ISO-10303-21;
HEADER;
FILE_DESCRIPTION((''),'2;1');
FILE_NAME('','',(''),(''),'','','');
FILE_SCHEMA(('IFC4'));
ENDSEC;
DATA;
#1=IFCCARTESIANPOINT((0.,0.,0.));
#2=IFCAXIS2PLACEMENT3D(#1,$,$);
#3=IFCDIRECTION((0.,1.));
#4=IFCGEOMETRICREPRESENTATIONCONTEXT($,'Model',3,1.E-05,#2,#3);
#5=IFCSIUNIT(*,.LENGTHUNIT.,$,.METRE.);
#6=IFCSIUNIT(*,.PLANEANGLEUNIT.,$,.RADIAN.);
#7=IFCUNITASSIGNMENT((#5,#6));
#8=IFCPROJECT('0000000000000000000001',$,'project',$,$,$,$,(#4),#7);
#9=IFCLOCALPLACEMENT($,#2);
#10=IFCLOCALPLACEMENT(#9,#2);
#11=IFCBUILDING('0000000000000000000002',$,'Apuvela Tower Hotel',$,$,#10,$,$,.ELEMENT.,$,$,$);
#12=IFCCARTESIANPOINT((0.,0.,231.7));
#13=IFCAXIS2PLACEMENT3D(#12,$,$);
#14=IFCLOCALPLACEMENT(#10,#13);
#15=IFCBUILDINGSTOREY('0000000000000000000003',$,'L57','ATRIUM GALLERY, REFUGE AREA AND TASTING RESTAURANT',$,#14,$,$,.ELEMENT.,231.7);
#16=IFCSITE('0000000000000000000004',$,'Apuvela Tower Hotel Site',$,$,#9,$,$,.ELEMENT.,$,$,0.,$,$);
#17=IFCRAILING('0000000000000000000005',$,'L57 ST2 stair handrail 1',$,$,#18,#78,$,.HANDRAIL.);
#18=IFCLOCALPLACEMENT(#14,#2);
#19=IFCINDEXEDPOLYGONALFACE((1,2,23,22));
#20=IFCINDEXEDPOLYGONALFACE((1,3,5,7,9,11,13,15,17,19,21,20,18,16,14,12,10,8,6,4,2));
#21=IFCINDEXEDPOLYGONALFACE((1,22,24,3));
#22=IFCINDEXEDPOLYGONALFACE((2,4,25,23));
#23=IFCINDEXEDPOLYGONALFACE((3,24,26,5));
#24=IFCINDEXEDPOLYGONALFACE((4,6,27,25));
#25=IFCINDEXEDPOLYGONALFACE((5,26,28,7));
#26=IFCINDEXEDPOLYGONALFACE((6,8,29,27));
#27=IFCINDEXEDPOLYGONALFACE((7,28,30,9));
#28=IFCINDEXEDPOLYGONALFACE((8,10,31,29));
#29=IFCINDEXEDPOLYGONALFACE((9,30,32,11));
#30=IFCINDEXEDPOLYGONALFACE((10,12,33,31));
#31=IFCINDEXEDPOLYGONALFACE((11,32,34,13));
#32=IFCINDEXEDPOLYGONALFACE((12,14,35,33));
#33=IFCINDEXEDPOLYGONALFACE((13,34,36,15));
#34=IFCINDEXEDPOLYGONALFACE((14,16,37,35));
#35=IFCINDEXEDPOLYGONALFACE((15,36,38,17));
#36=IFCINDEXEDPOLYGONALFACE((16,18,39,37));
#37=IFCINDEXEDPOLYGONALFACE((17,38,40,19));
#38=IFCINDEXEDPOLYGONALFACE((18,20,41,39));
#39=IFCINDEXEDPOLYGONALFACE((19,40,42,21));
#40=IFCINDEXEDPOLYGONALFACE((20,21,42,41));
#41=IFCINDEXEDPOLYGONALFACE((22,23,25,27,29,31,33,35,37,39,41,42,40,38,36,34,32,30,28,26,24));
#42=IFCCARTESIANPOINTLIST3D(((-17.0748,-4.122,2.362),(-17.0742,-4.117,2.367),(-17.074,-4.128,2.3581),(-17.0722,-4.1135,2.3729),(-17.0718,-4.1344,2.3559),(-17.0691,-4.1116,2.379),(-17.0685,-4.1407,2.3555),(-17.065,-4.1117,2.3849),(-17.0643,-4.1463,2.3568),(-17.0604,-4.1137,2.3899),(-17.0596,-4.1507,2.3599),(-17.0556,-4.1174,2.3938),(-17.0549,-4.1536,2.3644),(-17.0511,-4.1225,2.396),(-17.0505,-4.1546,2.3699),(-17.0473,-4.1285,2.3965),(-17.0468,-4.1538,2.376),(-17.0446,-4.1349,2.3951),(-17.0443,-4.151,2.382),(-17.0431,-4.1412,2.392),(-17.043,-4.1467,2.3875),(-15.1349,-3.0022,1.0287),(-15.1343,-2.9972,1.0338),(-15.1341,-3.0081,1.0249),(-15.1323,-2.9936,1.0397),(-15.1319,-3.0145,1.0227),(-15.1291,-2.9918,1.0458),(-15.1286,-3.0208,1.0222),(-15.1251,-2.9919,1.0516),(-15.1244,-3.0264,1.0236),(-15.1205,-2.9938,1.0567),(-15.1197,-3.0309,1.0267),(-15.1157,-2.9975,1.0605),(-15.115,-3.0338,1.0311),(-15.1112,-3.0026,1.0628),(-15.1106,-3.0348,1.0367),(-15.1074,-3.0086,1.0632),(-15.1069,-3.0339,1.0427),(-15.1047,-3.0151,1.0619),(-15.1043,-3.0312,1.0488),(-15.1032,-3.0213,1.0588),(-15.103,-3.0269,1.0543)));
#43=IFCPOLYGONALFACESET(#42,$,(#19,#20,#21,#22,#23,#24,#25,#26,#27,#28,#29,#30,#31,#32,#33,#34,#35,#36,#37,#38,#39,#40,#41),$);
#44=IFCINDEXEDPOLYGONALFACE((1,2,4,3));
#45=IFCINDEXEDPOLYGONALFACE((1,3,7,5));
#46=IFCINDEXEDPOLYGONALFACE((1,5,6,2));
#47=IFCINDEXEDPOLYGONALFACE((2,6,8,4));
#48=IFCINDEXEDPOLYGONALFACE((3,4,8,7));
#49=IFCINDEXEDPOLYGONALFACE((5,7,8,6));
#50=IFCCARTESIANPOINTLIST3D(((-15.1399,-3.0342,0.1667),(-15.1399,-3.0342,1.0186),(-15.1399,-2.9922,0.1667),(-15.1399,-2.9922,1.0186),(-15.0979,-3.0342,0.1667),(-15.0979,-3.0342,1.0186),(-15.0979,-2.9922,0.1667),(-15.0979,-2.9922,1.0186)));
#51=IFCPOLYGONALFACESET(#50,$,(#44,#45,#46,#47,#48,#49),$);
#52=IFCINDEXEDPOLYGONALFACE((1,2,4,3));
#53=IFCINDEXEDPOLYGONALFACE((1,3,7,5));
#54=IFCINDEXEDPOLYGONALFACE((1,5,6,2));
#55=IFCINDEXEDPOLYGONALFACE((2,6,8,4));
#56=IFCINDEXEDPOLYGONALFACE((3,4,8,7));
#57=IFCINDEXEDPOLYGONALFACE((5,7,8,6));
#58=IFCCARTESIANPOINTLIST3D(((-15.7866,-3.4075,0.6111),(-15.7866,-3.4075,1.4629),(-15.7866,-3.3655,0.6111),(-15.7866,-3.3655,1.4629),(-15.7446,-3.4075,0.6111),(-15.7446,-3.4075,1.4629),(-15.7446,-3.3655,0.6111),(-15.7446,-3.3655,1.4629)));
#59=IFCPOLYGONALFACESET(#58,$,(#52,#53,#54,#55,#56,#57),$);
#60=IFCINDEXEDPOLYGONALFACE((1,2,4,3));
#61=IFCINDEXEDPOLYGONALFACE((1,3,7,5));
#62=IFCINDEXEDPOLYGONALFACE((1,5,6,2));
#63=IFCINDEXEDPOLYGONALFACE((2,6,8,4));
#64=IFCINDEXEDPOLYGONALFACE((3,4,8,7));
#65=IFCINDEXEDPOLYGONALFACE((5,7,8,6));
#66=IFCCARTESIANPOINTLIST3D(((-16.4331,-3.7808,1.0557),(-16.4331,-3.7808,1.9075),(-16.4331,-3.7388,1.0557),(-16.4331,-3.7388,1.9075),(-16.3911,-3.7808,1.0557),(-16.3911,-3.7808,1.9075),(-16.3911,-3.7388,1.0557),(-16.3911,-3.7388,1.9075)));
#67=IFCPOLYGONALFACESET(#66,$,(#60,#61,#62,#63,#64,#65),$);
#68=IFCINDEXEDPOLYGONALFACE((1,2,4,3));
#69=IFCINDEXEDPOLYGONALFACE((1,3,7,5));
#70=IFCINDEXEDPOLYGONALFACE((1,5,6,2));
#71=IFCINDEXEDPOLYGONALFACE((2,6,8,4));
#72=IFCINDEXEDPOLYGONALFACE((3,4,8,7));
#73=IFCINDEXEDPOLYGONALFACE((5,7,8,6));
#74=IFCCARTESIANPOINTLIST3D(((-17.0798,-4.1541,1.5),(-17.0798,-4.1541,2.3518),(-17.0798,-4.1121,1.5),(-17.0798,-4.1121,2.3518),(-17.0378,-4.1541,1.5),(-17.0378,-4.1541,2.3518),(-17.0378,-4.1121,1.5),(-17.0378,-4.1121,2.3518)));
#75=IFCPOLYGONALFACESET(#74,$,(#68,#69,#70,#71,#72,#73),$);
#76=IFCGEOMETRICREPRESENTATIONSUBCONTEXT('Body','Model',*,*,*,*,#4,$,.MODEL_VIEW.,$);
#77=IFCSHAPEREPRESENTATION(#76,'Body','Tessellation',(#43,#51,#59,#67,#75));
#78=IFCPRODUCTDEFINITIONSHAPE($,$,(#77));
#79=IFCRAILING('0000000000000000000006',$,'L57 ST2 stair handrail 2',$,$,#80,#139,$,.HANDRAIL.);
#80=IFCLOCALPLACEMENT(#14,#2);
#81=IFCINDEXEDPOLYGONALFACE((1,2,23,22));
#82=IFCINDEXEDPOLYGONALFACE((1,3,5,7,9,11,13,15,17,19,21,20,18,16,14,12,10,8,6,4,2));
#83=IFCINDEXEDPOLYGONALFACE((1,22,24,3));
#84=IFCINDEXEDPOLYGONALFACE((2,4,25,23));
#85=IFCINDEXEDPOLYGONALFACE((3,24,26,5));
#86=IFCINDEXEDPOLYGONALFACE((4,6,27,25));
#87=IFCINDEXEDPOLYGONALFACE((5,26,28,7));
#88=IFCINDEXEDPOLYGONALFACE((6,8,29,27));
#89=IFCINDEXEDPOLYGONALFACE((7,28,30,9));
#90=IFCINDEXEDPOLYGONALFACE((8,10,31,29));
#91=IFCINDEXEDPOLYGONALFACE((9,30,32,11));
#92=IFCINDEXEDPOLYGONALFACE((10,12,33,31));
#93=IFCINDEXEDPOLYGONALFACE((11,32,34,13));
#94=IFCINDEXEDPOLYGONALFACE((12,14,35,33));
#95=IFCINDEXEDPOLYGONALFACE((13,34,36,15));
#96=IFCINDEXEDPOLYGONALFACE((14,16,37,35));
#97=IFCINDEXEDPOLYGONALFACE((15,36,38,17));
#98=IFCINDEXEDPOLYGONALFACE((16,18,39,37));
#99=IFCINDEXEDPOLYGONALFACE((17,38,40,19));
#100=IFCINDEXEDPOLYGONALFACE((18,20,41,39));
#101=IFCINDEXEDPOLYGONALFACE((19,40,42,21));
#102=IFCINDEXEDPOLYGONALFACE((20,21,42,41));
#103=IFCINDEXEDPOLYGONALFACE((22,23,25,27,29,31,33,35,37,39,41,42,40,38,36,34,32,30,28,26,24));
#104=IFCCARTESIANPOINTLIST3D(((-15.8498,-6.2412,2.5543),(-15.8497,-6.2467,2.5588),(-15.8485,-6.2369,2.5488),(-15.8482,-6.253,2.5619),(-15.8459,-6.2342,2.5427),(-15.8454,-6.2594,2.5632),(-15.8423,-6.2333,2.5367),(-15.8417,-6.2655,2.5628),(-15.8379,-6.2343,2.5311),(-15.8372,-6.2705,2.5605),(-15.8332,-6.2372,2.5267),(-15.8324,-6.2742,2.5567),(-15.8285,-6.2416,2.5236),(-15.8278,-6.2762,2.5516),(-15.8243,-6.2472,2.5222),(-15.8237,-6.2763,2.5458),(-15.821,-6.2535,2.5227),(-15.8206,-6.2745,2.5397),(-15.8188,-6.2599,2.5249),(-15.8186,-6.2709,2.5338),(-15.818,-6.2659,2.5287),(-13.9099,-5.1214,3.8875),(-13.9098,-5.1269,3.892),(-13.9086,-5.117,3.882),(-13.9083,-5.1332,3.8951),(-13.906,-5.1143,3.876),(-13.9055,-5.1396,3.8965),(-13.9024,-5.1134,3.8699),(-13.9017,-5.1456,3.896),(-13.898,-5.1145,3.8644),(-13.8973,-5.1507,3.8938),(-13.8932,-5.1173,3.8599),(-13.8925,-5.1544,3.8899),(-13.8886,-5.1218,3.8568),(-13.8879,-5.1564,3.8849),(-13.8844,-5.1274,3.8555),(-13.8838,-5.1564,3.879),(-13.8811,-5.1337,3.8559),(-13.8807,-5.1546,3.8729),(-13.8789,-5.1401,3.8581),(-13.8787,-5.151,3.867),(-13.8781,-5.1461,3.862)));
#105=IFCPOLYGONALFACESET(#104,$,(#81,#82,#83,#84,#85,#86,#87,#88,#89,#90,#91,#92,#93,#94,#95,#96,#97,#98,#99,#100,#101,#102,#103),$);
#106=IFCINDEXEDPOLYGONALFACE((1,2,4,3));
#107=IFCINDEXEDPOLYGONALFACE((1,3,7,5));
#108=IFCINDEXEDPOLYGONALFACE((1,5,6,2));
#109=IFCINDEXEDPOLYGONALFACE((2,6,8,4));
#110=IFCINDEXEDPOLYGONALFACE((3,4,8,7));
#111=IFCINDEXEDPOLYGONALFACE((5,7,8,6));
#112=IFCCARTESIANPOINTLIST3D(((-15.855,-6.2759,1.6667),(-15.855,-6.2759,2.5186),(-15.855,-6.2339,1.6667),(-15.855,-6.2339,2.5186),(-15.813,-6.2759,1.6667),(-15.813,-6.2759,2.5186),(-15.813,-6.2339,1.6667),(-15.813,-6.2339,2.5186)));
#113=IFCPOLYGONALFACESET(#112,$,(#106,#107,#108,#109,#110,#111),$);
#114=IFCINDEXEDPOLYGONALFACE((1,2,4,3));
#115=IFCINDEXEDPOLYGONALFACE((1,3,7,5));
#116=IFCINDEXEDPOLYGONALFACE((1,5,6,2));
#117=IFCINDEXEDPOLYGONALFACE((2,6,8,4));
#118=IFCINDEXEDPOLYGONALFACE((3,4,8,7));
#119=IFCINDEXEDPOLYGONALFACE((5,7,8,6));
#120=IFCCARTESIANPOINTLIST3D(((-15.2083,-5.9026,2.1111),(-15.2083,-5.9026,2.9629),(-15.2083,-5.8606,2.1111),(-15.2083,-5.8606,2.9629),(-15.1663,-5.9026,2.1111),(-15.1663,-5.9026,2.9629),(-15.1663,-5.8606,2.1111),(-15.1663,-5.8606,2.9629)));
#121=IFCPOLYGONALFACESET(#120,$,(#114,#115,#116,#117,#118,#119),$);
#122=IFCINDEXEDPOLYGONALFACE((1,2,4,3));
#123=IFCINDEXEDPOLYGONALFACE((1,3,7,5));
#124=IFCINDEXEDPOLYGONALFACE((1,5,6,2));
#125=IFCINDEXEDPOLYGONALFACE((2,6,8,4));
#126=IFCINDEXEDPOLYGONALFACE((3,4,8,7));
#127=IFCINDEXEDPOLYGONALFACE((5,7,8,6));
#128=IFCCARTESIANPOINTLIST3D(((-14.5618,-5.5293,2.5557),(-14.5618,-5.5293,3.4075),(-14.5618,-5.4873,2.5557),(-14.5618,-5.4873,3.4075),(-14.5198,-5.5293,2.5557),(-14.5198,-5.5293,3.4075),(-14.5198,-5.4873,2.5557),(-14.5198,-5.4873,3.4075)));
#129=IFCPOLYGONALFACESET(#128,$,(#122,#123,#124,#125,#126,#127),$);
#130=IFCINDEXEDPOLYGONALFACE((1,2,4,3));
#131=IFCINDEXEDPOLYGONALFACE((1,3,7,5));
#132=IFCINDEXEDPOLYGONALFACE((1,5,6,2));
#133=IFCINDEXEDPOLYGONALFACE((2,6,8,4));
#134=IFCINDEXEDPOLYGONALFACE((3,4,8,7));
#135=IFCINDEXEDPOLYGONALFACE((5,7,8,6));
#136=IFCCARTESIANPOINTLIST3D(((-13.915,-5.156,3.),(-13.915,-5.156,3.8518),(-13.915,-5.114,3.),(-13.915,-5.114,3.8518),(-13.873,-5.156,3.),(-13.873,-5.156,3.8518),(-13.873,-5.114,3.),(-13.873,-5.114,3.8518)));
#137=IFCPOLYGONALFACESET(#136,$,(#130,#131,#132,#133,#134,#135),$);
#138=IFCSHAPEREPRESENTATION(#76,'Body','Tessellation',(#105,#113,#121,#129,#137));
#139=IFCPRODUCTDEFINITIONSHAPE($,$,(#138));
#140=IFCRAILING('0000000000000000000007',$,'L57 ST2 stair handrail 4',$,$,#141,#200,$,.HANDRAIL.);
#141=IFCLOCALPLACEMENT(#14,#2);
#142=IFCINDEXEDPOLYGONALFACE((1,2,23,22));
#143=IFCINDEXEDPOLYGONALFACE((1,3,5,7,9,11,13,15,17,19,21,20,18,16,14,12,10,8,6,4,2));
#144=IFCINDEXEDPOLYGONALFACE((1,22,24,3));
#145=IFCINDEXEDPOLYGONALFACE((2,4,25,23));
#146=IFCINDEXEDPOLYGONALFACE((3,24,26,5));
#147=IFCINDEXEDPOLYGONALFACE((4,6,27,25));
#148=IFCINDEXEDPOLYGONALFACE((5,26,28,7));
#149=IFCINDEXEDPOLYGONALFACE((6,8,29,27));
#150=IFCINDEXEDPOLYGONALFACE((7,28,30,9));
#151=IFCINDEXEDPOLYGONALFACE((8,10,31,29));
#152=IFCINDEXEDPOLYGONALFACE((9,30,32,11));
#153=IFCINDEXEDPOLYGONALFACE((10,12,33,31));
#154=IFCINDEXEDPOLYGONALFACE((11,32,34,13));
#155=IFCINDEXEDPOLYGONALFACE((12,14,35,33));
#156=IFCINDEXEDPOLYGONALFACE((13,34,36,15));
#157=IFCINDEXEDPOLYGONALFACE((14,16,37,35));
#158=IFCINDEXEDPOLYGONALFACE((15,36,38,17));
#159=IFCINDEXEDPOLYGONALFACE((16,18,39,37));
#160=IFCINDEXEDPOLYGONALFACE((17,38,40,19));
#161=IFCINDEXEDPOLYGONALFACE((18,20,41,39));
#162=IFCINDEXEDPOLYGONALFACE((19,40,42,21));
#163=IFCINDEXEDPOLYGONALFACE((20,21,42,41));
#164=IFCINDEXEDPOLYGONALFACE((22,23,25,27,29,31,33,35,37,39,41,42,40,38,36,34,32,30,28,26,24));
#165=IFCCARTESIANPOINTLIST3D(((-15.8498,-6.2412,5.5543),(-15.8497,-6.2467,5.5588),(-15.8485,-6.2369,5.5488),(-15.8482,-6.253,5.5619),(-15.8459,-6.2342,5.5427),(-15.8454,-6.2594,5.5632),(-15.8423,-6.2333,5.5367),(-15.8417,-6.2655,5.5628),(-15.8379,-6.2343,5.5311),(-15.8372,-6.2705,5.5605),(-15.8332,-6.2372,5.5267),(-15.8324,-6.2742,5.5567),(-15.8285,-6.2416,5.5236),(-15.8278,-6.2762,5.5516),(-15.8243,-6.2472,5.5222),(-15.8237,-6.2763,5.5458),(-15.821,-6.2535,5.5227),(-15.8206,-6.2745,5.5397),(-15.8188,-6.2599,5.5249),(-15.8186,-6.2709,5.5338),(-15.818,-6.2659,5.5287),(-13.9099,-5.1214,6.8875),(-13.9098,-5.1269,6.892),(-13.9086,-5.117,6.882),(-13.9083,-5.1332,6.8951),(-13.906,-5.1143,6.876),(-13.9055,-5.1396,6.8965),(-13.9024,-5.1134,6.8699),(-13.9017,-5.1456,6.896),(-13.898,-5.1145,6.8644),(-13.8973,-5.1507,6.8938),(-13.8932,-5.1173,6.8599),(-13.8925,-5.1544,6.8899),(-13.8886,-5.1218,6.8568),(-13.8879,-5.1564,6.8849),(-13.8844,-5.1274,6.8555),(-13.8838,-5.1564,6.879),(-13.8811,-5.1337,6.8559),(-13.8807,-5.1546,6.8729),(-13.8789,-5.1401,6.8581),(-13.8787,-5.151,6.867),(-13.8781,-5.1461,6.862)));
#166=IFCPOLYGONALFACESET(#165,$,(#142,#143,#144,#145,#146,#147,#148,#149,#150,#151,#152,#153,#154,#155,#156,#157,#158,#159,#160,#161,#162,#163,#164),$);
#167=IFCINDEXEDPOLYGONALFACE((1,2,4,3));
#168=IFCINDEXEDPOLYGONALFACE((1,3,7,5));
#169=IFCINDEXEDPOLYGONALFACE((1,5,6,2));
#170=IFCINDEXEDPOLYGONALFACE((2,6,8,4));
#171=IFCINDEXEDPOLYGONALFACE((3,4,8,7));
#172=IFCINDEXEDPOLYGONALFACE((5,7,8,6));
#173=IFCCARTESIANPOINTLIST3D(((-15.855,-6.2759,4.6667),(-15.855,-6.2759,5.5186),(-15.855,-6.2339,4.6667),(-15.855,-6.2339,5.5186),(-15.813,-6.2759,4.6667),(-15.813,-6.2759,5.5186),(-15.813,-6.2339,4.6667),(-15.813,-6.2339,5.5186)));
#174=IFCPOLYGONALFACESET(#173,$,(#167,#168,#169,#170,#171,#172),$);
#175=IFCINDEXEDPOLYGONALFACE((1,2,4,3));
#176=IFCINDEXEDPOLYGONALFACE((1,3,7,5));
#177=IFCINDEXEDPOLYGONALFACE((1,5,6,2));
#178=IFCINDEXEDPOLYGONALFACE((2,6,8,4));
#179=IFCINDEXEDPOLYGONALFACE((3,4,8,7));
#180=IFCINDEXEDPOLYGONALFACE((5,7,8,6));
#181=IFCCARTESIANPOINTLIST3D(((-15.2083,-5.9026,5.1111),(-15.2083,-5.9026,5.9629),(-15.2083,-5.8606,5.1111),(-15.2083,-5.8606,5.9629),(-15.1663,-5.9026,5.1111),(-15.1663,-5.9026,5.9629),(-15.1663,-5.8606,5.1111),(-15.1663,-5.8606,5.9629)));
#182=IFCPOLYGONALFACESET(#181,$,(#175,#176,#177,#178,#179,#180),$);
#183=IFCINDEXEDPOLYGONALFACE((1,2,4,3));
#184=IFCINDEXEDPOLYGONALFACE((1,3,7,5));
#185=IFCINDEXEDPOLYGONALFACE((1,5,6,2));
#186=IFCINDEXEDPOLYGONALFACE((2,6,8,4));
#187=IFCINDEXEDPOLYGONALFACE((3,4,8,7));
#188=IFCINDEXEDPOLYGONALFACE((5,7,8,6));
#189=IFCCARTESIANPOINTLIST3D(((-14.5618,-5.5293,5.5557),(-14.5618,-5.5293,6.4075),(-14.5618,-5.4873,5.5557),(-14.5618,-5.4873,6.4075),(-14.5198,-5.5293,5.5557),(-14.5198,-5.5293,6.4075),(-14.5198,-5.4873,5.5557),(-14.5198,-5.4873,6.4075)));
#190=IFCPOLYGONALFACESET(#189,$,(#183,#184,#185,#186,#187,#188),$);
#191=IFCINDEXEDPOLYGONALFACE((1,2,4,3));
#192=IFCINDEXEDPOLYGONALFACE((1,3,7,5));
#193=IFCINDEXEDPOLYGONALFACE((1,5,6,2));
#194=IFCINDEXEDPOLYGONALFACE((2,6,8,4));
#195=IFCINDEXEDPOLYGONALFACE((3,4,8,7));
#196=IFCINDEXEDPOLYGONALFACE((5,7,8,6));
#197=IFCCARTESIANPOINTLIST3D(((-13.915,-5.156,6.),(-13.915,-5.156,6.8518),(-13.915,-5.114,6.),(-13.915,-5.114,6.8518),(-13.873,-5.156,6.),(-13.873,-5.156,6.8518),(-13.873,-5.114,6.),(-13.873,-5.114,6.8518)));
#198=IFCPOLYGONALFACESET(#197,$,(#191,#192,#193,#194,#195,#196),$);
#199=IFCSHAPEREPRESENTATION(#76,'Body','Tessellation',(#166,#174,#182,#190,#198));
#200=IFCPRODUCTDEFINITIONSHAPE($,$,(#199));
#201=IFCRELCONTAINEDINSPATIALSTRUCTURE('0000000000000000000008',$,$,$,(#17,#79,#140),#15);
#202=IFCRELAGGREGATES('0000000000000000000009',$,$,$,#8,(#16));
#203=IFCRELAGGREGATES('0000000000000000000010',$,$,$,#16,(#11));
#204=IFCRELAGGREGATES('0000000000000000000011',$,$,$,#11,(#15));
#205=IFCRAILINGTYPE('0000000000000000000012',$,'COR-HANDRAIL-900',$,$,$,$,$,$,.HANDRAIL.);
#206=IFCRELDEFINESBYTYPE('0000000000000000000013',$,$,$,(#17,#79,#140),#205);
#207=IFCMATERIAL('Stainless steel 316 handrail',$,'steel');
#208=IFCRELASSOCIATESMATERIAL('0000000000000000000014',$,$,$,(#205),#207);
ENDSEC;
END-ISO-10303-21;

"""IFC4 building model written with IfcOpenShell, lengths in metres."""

from ifc_helpers import new_model, si_unit, direction, frame, origin, origin_2d, place, context, subcontext, project, spatial, rectangle, circle, extrude, material, type_object, element, save


model = new_model("IFC4")

# Units and contexts
model_context = context("Model", 3, precision=1e-05, world=origin(), true_north=direction((0.0, 1.0)))
body_context = subcontext(model_context, "Body", "Model", "MODEL_VIEW")
ifc_project = project(units=[si_unit("LENGTHUNIT", "METRE"), si_unit("PLANEANGLEUNIT", "RADIAN")], contexts=[model_context])

# Site, building, storey
site_placement = place(None, origin())
site = spatial("IfcSite", under=ifc_project, at=site_placement, Name="Apuvela Tower Hotel Site", CompositionType="ELEMENT", RefElevation=0.0)
building_placement = place(site_placement, origin())
building = spatial("IfcBuilding", under=site, at=building_placement, Name="Apuvela Tower Hotel", CompositionType="ELEMENT")
storey_placement = place(building_placement, frame((0.0, 0.0, 231.7)))
storey = spatial("IfcBuildingStorey", under=building, at=storey_placement, Name="L57", Description="ATRIUM GALLERY, REFUGE AREA AND TASTING RESTAURANT", CompositionType="ELEMENT", Elevation=231.7)

# Railings
ifc_material_1 = material(Name="Stainless steel 316 handrail", Category="steel")
railing_type_1 = type_object("IfcRailingType", Name="COR-HANDRAIL-900", PredefinedType="HANDRAIL", material=ifc_material_1)
railing_1_placement = place(storey_placement, frame((-15.1189, -3.0132, 0.1667)))
element("IfcRailing", 1, at=railing_1_placement, inside=storey, type_object=railing_type_1, Name="L57 ST2 stair handrail 1", PredefinedType="HANDRAIL", context=body_context, shape_type="SweptSolid", body=[
    extrude(circle(Radius=0.0239, at=origin_2d()), frame((0.0, 0.0, 0.876), z_axis=(-0.744205, -0.429608, 0.511465), x_axis=(0.499949, -0.866055, 0.0)), (0.0, 0.0, 1.0), 2.6067),
    extrude(rectangle(XDim=0.042, YDim=0.042, at=origin_2d()), origin(), (0.0, 0.0, 1.0), 0.8518),
    extrude(rectangle(XDim=0.042, YDim=0.042, at=origin_2d()), frame((-0.6467, -0.3733, 0.4443)), (0.0, 0.0, 1.0), 0.8518),
    extrude(rectangle(XDim=0.042, YDim=0.042, at=origin_2d()), frame((-1.2932, -0.7466, 0.8889)), (0.0, 0.0, 1.0), 0.8518),
    extrude(rectangle(XDim=0.042, YDim=0.042, at=origin_2d()), frame((-1.9399, -1.1199, 1.3333)), (0.0, 0.0, 1.0), 0.8518),
])
for number, where, name in (
    (2, (-15.834, -6.2549, 1.6667), "L57 ST2 stair handrail 2"),
    (3, (-15.834, -6.2549, 4.6667), "L57 ST2 stair handrail 4"),
):
    element("IfcRailing", number, at=place(storey_placement, frame(where)), inside=storey, type_object=railing_type_1, Name=name, PredefinedType="HANDRAIL", context=body_context, shape_type="SweptSolid", body=[
        extrude(circle(Radius=0.0239, at=origin_2d()), frame((0.0, 0.0, 0.876), z_axis=(0.744205, 0.429608, 0.511465), x_axis=(-0.499949, 0.866055, 0.0)), (0.0, 0.0, 1.0), 2.6067),
        extrude(rectangle(XDim=0.042, YDim=0.042, at=origin_2d()), origin(), (0.0, 0.0, 1.0), 0.8518),
        extrude(rectangle(XDim=0.042, YDim=0.042, at=origin_2d()), frame((0.6467, 0.3733, 0.4443)), (0.0, 0.0, 1.0), 0.8518),
        extrude(rectangle(XDim=0.042, YDim=0.042, at=origin_2d()), frame((1.2932, 0.7466, 0.8889)), (0.0, 0.0, 1.0), 0.8518),
        extrude(rectangle(XDim=0.042, YDim=0.042, at=origin_2d()), frame((1.9399, 1.1199, 1.3333)), (0.0, 0.0, 1.0), 0.8518),
    ])

save(model, "model.ifc")
